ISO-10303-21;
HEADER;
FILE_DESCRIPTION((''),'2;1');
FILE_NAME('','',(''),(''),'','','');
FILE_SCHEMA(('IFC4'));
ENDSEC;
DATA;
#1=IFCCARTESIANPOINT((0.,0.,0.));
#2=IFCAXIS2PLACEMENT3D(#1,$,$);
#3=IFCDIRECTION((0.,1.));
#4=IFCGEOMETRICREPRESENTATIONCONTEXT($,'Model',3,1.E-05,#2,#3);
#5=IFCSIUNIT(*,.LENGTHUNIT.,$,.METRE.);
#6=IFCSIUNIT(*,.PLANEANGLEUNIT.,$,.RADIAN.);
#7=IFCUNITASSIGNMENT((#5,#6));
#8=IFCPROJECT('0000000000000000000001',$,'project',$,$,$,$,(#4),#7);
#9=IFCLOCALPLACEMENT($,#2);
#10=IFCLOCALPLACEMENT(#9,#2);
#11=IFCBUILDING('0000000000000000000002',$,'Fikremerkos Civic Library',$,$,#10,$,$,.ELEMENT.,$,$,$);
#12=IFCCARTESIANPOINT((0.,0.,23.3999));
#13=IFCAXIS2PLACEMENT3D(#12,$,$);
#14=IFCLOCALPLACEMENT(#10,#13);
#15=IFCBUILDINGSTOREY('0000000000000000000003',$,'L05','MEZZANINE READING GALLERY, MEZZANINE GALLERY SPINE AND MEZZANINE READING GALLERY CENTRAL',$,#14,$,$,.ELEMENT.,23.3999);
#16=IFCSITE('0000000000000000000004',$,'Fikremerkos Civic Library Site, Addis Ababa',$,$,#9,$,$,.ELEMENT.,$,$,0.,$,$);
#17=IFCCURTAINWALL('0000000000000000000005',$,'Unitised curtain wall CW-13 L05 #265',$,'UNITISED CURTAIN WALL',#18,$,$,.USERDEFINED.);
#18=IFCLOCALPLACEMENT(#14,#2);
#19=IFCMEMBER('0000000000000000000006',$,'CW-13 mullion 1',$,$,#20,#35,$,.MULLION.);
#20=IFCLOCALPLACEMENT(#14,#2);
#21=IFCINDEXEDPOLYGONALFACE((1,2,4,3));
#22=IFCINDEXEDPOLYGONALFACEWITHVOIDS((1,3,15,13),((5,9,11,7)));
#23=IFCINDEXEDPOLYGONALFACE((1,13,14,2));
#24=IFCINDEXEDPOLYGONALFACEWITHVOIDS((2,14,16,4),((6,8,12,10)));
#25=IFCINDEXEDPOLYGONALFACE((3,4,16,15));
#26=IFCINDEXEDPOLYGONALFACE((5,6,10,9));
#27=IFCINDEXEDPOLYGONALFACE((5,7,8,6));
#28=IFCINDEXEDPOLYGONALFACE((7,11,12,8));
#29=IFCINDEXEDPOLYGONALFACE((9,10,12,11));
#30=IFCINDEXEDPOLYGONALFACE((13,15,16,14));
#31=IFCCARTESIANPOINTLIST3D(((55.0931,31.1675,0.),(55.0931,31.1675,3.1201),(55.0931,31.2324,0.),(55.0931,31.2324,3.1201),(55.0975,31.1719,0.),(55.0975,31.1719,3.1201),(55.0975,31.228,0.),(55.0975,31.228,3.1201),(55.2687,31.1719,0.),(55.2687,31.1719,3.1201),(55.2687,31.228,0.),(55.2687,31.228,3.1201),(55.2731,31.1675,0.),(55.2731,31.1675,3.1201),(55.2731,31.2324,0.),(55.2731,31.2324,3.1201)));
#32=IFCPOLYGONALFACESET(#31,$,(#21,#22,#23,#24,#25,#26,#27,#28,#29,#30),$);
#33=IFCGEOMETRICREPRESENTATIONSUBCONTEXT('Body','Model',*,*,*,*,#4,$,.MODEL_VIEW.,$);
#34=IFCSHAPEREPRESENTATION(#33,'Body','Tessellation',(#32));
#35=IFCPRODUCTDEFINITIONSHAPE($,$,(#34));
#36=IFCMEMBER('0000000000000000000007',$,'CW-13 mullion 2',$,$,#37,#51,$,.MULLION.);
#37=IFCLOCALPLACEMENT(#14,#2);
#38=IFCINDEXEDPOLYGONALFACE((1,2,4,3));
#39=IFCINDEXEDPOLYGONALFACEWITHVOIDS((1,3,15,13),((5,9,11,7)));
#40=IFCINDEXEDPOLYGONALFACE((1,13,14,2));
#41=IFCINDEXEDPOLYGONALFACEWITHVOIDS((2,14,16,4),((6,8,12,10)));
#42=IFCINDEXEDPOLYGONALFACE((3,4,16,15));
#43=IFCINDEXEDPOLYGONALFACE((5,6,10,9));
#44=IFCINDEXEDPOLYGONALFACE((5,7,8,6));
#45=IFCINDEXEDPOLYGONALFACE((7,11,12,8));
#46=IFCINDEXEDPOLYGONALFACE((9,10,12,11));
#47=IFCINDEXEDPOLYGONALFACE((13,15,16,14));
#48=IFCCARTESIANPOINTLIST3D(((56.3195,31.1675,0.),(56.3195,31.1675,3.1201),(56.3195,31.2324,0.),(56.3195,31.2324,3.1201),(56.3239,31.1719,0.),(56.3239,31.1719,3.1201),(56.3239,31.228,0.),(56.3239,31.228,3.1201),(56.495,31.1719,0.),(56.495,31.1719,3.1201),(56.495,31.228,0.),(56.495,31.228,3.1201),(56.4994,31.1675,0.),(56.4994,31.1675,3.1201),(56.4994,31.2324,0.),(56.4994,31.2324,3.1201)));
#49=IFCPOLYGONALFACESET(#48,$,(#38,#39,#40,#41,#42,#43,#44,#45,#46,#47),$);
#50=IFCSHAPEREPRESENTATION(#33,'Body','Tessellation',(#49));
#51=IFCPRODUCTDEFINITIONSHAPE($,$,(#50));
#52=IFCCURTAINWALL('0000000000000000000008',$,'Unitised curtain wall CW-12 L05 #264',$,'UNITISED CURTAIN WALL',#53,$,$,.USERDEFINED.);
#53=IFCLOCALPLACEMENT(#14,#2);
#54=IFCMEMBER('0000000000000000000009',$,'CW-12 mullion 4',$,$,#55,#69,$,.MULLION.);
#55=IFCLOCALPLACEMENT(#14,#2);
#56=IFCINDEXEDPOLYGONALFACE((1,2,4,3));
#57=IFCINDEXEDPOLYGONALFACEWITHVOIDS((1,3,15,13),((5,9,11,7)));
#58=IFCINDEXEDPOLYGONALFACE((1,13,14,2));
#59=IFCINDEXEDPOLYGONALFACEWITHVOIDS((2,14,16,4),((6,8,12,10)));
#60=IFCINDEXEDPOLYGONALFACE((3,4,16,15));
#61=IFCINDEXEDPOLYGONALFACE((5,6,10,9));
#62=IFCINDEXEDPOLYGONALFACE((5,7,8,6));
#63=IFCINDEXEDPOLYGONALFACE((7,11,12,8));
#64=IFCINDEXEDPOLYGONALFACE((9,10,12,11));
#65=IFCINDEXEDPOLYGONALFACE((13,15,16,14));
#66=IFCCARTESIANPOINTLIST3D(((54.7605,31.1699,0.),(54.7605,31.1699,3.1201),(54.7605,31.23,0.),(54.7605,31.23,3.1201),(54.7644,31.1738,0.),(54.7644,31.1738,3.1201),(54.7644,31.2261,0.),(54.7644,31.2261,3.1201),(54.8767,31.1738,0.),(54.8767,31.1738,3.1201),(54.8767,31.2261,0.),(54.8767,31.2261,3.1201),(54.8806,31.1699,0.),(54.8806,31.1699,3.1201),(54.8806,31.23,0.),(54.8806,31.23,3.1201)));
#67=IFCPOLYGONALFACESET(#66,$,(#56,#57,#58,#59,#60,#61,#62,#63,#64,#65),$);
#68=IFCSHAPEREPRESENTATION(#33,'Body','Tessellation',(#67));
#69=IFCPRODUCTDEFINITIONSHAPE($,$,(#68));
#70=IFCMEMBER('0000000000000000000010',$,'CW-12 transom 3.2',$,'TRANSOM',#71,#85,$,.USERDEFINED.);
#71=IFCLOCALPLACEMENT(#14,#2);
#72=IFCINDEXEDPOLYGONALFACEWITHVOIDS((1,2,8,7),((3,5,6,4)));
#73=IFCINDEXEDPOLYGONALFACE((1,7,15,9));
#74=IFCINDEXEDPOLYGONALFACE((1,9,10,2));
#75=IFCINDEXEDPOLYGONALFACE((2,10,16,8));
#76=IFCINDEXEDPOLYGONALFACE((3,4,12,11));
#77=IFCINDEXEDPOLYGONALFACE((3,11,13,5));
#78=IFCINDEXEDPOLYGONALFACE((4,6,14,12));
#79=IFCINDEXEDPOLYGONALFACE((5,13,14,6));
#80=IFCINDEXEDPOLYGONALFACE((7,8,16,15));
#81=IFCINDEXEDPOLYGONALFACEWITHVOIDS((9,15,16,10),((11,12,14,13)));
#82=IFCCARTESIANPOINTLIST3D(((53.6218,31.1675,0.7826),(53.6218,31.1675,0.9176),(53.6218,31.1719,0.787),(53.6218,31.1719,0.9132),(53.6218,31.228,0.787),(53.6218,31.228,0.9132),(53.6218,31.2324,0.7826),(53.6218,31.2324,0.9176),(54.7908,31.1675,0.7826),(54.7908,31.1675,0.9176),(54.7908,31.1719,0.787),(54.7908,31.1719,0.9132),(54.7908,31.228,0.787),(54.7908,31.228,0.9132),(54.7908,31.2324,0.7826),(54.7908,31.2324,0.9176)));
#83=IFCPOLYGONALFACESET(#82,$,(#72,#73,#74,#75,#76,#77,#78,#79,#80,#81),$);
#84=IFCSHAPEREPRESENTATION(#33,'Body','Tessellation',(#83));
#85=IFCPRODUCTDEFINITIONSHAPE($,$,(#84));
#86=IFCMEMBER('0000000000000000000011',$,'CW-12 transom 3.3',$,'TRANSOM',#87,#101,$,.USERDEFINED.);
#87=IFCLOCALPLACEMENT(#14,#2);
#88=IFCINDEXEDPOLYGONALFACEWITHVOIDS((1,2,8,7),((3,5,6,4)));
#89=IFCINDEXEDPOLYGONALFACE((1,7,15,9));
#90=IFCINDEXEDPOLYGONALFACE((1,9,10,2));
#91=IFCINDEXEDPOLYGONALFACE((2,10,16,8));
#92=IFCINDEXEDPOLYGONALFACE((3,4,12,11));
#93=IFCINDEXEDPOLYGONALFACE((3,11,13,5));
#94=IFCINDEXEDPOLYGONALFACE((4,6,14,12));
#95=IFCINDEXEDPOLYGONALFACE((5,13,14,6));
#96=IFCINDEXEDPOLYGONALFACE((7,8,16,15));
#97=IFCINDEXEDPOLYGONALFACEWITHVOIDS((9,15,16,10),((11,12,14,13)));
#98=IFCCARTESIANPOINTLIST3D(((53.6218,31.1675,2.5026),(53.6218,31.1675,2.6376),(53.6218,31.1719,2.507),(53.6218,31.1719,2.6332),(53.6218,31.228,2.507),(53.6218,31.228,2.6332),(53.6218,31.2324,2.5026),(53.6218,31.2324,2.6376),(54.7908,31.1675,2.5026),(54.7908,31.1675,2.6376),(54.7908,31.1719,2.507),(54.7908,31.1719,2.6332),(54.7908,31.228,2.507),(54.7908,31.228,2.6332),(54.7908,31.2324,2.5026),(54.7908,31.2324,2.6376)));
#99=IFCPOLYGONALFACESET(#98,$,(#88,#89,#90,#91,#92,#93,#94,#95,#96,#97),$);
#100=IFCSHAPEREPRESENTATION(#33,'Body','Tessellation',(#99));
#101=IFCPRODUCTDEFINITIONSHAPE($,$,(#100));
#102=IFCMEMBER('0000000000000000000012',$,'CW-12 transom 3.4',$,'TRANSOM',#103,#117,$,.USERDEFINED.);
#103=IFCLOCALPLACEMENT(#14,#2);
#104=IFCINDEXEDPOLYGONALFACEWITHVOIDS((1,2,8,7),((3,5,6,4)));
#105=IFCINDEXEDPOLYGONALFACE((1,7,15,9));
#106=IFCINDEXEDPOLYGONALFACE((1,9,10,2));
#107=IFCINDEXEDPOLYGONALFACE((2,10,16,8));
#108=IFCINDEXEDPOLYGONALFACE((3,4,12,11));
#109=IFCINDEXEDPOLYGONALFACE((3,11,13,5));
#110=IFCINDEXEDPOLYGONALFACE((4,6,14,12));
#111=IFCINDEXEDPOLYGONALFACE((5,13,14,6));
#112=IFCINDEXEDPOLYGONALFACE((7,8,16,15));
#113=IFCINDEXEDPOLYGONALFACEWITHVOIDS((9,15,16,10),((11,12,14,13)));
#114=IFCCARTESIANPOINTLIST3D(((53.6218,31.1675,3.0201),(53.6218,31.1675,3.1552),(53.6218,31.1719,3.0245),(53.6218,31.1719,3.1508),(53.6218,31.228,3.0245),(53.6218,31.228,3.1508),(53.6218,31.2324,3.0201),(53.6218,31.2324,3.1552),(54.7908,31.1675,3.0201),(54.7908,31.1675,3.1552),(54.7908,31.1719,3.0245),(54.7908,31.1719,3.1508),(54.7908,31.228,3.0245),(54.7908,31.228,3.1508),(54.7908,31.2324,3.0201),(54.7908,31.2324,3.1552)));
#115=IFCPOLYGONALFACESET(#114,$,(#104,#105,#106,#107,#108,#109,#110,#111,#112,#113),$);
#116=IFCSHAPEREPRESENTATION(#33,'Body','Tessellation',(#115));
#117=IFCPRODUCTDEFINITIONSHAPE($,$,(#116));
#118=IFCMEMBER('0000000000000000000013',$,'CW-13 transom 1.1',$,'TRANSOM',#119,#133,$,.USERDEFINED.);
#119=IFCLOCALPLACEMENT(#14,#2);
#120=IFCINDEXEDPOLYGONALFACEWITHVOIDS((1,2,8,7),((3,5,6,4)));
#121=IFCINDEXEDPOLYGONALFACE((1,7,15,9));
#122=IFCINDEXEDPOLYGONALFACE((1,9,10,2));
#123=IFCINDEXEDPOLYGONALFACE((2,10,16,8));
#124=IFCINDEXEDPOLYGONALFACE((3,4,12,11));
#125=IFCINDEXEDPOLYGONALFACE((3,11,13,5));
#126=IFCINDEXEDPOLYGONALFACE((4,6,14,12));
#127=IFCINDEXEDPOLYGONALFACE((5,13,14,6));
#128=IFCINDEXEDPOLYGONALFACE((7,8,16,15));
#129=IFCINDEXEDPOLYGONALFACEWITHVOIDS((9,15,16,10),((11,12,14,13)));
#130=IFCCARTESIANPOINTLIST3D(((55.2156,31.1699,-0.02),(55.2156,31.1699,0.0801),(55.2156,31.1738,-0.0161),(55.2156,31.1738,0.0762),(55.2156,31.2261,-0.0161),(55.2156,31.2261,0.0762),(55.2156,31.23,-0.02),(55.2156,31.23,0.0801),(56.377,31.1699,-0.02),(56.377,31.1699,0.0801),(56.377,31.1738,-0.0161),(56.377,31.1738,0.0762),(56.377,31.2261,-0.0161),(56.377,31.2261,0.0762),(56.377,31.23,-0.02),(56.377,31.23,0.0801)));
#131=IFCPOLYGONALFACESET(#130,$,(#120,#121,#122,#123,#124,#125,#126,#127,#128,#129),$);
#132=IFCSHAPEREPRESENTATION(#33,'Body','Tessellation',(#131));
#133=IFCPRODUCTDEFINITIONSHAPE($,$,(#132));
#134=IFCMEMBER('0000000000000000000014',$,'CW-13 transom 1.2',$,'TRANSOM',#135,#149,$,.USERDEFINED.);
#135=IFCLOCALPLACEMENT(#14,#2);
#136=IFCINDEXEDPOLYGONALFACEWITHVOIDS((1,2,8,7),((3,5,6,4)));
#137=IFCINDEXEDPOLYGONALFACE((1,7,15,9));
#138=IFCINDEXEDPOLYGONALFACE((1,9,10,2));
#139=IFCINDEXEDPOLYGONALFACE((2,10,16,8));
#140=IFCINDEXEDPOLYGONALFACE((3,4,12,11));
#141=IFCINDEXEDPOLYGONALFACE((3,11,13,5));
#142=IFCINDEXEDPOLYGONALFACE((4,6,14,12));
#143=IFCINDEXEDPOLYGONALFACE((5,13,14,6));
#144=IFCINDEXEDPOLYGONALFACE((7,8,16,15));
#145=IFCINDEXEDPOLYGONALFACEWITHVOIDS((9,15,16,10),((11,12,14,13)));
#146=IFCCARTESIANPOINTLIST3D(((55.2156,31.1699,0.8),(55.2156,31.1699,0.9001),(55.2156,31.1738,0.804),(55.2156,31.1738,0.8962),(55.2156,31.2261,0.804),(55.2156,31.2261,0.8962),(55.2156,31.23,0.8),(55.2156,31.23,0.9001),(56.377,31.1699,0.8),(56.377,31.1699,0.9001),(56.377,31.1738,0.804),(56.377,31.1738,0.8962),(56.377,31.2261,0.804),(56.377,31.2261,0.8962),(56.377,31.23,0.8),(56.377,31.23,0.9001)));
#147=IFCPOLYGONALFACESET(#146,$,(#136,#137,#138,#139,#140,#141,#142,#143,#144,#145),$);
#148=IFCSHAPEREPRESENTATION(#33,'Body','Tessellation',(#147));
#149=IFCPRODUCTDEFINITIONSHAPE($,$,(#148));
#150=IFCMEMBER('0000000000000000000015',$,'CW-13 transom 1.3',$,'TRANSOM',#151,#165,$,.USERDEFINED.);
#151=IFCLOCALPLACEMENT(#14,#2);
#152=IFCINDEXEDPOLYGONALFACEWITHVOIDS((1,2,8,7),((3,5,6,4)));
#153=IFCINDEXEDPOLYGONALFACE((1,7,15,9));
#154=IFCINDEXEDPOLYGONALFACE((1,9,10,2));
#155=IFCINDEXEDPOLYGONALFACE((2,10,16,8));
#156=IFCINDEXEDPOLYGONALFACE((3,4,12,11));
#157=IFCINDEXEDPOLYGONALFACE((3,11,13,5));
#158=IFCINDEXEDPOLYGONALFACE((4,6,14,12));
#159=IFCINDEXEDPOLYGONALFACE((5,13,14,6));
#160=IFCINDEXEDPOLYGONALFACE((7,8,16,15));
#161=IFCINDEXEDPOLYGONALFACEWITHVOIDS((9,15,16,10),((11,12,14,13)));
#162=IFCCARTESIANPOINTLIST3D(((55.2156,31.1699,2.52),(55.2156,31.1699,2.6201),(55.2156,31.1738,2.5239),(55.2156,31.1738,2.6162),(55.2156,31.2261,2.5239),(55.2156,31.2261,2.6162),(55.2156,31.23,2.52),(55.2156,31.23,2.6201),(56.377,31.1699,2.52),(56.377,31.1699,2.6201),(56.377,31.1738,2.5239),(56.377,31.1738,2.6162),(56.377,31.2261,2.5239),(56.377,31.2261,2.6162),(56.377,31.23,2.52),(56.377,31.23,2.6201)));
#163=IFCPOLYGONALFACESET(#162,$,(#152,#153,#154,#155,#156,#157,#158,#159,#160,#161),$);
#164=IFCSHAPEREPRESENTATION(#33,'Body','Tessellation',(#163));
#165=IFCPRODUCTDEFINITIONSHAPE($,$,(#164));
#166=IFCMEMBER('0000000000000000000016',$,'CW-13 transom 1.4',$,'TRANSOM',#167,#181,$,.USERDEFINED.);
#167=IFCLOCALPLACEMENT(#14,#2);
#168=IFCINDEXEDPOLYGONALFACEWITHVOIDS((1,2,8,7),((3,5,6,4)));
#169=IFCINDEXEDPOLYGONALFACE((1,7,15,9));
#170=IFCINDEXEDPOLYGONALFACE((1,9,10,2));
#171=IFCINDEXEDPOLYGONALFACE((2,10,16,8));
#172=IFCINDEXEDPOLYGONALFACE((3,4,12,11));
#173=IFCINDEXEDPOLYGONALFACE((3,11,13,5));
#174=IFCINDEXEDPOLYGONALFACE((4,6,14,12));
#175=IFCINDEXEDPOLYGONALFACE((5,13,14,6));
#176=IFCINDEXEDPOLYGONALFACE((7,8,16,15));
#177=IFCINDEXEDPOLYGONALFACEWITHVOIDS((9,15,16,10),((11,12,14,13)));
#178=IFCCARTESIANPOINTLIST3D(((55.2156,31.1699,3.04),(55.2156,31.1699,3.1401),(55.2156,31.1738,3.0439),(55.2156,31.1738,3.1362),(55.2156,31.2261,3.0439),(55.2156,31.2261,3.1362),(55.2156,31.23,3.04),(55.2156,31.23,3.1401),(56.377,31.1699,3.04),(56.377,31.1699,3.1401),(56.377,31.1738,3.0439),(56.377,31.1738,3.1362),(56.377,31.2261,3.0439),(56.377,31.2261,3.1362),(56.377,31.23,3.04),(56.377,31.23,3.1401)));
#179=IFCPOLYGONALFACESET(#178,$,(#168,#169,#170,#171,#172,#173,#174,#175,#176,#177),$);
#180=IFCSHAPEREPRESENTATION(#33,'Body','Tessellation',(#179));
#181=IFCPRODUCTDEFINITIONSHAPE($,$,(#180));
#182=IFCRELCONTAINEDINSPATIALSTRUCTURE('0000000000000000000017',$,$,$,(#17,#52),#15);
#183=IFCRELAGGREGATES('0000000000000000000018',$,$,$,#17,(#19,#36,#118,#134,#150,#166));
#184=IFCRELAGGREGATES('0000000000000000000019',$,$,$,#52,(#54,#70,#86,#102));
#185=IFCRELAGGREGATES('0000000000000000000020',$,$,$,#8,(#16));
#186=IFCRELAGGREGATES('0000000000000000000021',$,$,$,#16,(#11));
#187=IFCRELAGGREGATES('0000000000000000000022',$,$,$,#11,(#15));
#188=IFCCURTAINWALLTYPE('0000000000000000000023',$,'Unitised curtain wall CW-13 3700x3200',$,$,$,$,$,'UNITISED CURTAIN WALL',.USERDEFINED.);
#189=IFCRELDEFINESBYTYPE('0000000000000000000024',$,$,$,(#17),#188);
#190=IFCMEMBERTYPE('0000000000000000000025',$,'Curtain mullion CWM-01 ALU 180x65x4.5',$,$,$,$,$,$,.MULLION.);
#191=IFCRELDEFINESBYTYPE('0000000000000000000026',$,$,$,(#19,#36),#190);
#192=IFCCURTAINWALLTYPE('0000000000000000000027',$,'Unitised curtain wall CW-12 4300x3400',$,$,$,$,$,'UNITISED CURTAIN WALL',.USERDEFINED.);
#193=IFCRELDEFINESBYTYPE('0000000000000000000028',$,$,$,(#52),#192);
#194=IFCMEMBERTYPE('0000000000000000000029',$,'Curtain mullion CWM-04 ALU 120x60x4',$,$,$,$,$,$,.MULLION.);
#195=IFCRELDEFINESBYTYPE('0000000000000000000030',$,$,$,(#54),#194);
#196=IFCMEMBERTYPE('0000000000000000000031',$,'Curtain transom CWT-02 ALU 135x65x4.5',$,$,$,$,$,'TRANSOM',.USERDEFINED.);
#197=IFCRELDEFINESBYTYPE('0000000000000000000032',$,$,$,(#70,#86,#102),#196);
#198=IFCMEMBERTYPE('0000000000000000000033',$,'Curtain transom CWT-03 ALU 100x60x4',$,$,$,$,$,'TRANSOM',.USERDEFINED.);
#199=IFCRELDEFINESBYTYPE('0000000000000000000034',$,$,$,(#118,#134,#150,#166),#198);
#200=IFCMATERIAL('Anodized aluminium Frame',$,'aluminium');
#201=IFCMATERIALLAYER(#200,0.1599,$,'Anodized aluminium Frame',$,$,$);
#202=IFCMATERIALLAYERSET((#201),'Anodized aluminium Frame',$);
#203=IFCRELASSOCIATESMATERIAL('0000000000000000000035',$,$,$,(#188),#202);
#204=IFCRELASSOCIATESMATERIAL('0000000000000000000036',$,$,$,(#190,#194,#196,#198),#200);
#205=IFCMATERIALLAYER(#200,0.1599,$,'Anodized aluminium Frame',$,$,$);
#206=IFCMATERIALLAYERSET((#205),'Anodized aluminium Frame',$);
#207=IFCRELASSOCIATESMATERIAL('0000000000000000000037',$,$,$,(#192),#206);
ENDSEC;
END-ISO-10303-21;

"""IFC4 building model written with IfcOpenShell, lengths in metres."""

from ifc_helpers import new_model, si_unit, direction, frame, origin, origin_2d, place, context, subcontext, project, spatial, hollow_rectangle, extrude, material, layer, layer_set, material_profile, profile_set, type_object, element, aggregate, save


model = new_model("IFC4")

# Units and contexts
model_context = context("Model", 3, precision=1e-05, world=origin(), true_north=direction((0.0, 1.0)))
body_context = subcontext(model_context, "Body", "Model", "MODEL_VIEW")
ifc_project = project(units=[si_unit("LENGTHUNIT", "METRE"), si_unit("PLANEANGLEUNIT", "RADIAN")], contexts=[model_context])

# Site, building, storey
site_placement = place(None, origin())
site = spatial("IfcSite", under=ifc_project, at=site_placement, Name="Fikremerkos Civic Library Site, Addis Ababa", CompositionType="ELEMENT", RefElevation=0.0)
building_placement = place(site_placement, origin())
building = spatial("IfcBuilding", under=site, at=building_placement, Name="Fikremerkos Civic Library", CompositionType="ELEMENT")
storey_placement = place(building_placement, frame((0.0, 0.0, 23.3999)))
storey = spatial("IfcBuildingStorey", under=building, at=storey_placement, Name="L05", Description="MEZZANINE READING GALLERY, MEZZANINE GALLERY SPINE AND MEZZANINE READING GALLERY CENTRAL", CompositionType="ELEMENT", Elevation=23.3999)

# Curtain walls, members
ifc_material_1 = material(Name="Anodized aluminium Frame", Category="aluminium")
ifc_layer_1 = layer(ifc_material_1, 0.1599, Name="Anodized aluminium Frame")
ifc_layer_set_1 = layer_set([ifc_layer_1], Name="Anodized aluminium Frame")
curtain_wall_type_1 = type_object("IfcCurtainWallType", Name="Unitised curtain wall CW-13 3700x3200", ElementType="UNITISED CURTAIN WALL", PredefinedType="USERDEFINED", material=ifc_layer_set_1)
curtain_wall_1_placement = place(storey_placement, origin())
curtain_wall_1 = element("IfcCurtainWall", 1, at=curtain_wall_1_placement, inside=storey, type_object=curtain_wall_type_1, Name="Unitised curtain wall CW-13 L05 #265", ObjectType="UNITISED CURTAIN WALL", PredefinedType="USERDEFINED")
ifc_material_profile_1 = material_profile(ifc_material_1, hollow_rectangle(XDim=0.0649, YDim=0.1799, WallThickness=0.0044, at=origin_2d()), Name="ALU 180x65x4.5")
ifc_profile_set_1 = profile_set([ifc_material_profile_1], Name="Anodized aluminium Frame")
member_type_1 = type_object("IfcMemberType", Name="Curtain mullion CWM-01 ALU 180x65x4.5", PredefinedType="MULLION", material=ifc_profile_set_1)
member_1_placement = place(storey_placement, frame((55.1831, 31.2, 0.0), z_axis=(0.0, 0.0, 1.0), x_axis=(0.0, 1.0, 0.0)))
member_1 = element("IfcMember", 2, at=member_1_placement, type_object=member_type_1, Name="CW-13 mullion 1", PredefinedType="MULLION", context=body_context, shape_type="SweptSolid", body=[
    extrude(hollow_rectangle(XDim=0.0649, YDim=0.1799, WallThickness=0.0044, at=origin_2d()), origin(), (0.0, 0.0, 1.0), 3.1201),
])
member_2_placement = place(storey_placement, frame((56.4094, 31.2, 0.0), z_axis=(0.0, 0.0, 1.0), x_axis=(0.0, 1.0, 0.0)))
member_2 = element("IfcMember", 3, at=member_2_placement, type_object=member_type_1, Name="CW-13 mullion 2", PredefinedType="MULLION", context=body_context, shape_type="SweptSolid", body=[
    extrude(hollow_rectangle(XDim=0.0649, YDim=0.1799, WallThickness=0.0044, at=origin_2d()), origin(), (0.0, 0.0, 1.0), 3.1201),
])
ifc_layer_2 = layer(ifc_material_1, 0.1599, Name="Anodized aluminium Frame")
ifc_layer_set_2 = layer_set([ifc_layer_2], Name="Anodized aluminium Frame")
curtain_wall_type_2 = type_object("IfcCurtainWallType", Name="Unitised curtain wall CW-12 4300x3400", ElementType="UNITISED CURTAIN WALL", PredefinedType="USERDEFINED", material=ifc_layer_set_2)
curtain_wall_2_placement = place(storey_placement, origin())
curtain_wall_2 = element("IfcCurtainWall", 4, at=curtain_wall_2_placement, inside=storey, type_object=curtain_wall_type_2, Name="Unitised curtain wall CW-12 L05 #264", ObjectType="UNITISED CURTAIN WALL", PredefinedType="USERDEFINED")
ifc_material_profile_2 = material_profile(ifc_material_1, hollow_rectangle(XDim=0.0601, YDim=0.1201, WallThickness=0.0039, at=origin_2d()), Name="ALU 120x60x4")
ifc_profile_set_2 = profile_set([ifc_material_profile_2], Name="Anodized aluminium Frame")
member_type_2 = type_object("IfcMemberType", Name="Curtain mullion CWM-04 ALU 120x60x4", PredefinedType="MULLION", material=ifc_profile_set_2)
member_3_placement = place(storey_placement, frame((54.8206, 31.2, 0.0), z_axis=(0.0, 0.0, 1.0), x_axis=(0.0, 1.0, 0.0)))
member_3 = element("IfcMember", 5, at=member_3_placement, type_object=member_type_2, Name="CW-12 mullion 4", PredefinedType="MULLION", context=body_context, shape_type="SweptSolid", body=[
    extrude(hollow_rectangle(XDim=0.0601, YDim=0.1201, WallThickness=0.0039, at=origin_2d()), origin(), (0.0, 0.0, 1.0), 3.1201),
])
ifc_material_profile_3 = material_profile(ifc_material_1, hollow_rectangle(XDim=0.0649, YDim=0.135, WallThickness=0.0044, at=origin_2d()), Name="ALU 135x65x4.5")
ifc_profile_set_3 = profile_set([ifc_material_profile_3], Name="Anodized aluminium Frame")
member_type_3 = type_object("IfcMemberType", Name="Curtain transom CWT-02 ALU 135x65x4.5", ElementType="TRANSOM", PredefinedType="USERDEFINED", material=ifc_profile_set_3)
member_4_placement = place(storey_placement, frame((53.6218, 31.2, 0.8501), z_axis=(1.0, 0.0, 0.0), x_axis=(0.0, 1.0, 0.0)))
member_4 = element("IfcMember", 6, at=member_4_placement, type_object=member_type_3, Name="CW-12 transom 3.2", ObjectType="TRANSOM", PredefinedType="USERDEFINED", context=body_context, shape_type="SweptSolid", body=[
    extrude(hollow_rectangle(XDim=0.0649, YDim=0.135, WallThickness=0.0044, at=origin_2d()), origin(), (0.0, 0.0, 1.0), 1.1689),
])
member_5_placement = place(storey_placement, frame((53.6218, 31.2, 2.5701), z_axis=(1.0, 0.0, 0.0), x_axis=(0.0, 1.0, 0.0)))
member_5 = element("IfcMember", 7, at=member_5_placement, type_object=member_type_3, Name="CW-12 transom 3.3", ObjectType="TRANSOM", PredefinedType="USERDEFINED", context=body_context, shape_type="SweptSolid", body=[
    extrude(hollow_rectangle(XDim=0.0649, YDim=0.135, WallThickness=0.0044, at=origin_2d()), origin(), (0.0, 0.0, 1.0), 1.1689),
])
member_6_placement = place(storey_placement, frame((53.6218, 31.2, 3.0876), z_axis=(1.0, 0.0, 0.0), x_axis=(0.0, 1.0, 0.0)))
member_6 = element("IfcMember", 8, at=member_6_placement, type_object=member_type_3, Name="CW-12 transom 3.4", ObjectType="TRANSOM", PredefinedType="USERDEFINED", context=body_context, shape_type="SweptSolid", body=[
    extrude(hollow_rectangle(XDim=0.0649, YDim=0.135, WallThickness=0.0044, at=origin_2d()), origin(), (0.0, 0.0, 1.0), 1.1689),
])

# Members
ifc_material_profile_4 = material_profile(ifc_material_1, hollow_rectangle(XDim=0.0601, YDim=0.1001, WallThickness=0.0039, at=origin_2d()), Name="ALU 100x60x4")
ifc_profile_set_4 = profile_set([ifc_material_profile_4], Name="Anodized aluminium Frame")
member_type_4 = type_object("IfcMemberType", Name="Curtain transom CWT-03 ALU 100x60x4", ElementType="TRANSOM", PredefinedType="USERDEFINED", material=ifc_profile_set_4)
member_7_placement = place(storey_placement, frame((55.2156, 31.2, 0.03), z_axis=(1.0, 0.0, 0.0), x_axis=(0.0, 1.0, 0.0)))
member_7 = element("IfcMember", 9, at=member_7_placement, type_object=member_type_4, Name="CW-13 transom 1.1", ObjectType="TRANSOM", PredefinedType="USERDEFINED", context=body_context, shape_type="SweptSolid", body=[
    extrude(hollow_rectangle(XDim=0.0601, YDim=0.1001, WallThickness=0.0039, at=origin_2d()), origin(), (0.0, 0.0, 1.0), 1.1614),
])
member_8_placement = place(storey_placement, frame((55.2156, 31.2, 0.8501), z_axis=(1.0, 0.0, 0.0), x_axis=(0.0, 1.0, 0.0)))
member_8 = element("IfcMember", 10, at=member_8_placement, type_object=member_type_4, Name="CW-13 transom 1.2", ObjectType="TRANSOM", PredefinedType="USERDEFINED", context=body_context, shape_type="SweptSolid", body=[
    extrude(hollow_rectangle(XDim=0.0601, YDim=0.1001, WallThickness=0.0039, at=origin_2d()), origin(), (0.0, 0.0, 1.0), 1.1614),
])
member_9_placement = place(storey_placement, frame((55.2156, 31.2, 2.5701), z_axis=(1.0, 0.0, 0.0), x_axis=(0.0, 1.0, 0.0)))
member_9 = element("IfcMember", 11, at=member_9_placement, type_object=member_type_4, Name="CW-13 transom 1.3", ObjectType="TRANSOM", PredefinedType="USERDEFINED", context=body_context, shape_type="SweptSolid", body=[
    extrude(hollow_rectangle(XDim=0.0601, YDim=0.1001, WallThickness=0.0039, at=origin_2d()), origin(), (0.0, 0.0, 1.0), 1.1614),
])
member_10_placement = place(storey_placement, frame((55.2156, 31.2, 3.0901), z_axis=(1.0, 0.0, 0.0), x_axis=(0.0, 1.0, 0.0)))
member_10 = element("IfcMember", 12, at=member_10_placement, type_object=member_type_4, Name="CW-13 transom 1.4", ObjectType="TRANSOM", PredefinedType="USERDEFINED", context=body_context, shape_type="SweptSolid", body=[
    extrude(hollow_rectangle(XDim=0.0601, YDim=0.1001, WallThickness=0.0039, at=origin_2d()), origin(), (0.0, 0.0, 1.0), 1.1614),
])

aggregate(curtain_wall_1, [member_1, member_2, member_7, member_8, member_9, member_10])
aggregate(curtain_wall_2, [member_3, member_4, member_5, member_6])

save(model, "model.ifc")
